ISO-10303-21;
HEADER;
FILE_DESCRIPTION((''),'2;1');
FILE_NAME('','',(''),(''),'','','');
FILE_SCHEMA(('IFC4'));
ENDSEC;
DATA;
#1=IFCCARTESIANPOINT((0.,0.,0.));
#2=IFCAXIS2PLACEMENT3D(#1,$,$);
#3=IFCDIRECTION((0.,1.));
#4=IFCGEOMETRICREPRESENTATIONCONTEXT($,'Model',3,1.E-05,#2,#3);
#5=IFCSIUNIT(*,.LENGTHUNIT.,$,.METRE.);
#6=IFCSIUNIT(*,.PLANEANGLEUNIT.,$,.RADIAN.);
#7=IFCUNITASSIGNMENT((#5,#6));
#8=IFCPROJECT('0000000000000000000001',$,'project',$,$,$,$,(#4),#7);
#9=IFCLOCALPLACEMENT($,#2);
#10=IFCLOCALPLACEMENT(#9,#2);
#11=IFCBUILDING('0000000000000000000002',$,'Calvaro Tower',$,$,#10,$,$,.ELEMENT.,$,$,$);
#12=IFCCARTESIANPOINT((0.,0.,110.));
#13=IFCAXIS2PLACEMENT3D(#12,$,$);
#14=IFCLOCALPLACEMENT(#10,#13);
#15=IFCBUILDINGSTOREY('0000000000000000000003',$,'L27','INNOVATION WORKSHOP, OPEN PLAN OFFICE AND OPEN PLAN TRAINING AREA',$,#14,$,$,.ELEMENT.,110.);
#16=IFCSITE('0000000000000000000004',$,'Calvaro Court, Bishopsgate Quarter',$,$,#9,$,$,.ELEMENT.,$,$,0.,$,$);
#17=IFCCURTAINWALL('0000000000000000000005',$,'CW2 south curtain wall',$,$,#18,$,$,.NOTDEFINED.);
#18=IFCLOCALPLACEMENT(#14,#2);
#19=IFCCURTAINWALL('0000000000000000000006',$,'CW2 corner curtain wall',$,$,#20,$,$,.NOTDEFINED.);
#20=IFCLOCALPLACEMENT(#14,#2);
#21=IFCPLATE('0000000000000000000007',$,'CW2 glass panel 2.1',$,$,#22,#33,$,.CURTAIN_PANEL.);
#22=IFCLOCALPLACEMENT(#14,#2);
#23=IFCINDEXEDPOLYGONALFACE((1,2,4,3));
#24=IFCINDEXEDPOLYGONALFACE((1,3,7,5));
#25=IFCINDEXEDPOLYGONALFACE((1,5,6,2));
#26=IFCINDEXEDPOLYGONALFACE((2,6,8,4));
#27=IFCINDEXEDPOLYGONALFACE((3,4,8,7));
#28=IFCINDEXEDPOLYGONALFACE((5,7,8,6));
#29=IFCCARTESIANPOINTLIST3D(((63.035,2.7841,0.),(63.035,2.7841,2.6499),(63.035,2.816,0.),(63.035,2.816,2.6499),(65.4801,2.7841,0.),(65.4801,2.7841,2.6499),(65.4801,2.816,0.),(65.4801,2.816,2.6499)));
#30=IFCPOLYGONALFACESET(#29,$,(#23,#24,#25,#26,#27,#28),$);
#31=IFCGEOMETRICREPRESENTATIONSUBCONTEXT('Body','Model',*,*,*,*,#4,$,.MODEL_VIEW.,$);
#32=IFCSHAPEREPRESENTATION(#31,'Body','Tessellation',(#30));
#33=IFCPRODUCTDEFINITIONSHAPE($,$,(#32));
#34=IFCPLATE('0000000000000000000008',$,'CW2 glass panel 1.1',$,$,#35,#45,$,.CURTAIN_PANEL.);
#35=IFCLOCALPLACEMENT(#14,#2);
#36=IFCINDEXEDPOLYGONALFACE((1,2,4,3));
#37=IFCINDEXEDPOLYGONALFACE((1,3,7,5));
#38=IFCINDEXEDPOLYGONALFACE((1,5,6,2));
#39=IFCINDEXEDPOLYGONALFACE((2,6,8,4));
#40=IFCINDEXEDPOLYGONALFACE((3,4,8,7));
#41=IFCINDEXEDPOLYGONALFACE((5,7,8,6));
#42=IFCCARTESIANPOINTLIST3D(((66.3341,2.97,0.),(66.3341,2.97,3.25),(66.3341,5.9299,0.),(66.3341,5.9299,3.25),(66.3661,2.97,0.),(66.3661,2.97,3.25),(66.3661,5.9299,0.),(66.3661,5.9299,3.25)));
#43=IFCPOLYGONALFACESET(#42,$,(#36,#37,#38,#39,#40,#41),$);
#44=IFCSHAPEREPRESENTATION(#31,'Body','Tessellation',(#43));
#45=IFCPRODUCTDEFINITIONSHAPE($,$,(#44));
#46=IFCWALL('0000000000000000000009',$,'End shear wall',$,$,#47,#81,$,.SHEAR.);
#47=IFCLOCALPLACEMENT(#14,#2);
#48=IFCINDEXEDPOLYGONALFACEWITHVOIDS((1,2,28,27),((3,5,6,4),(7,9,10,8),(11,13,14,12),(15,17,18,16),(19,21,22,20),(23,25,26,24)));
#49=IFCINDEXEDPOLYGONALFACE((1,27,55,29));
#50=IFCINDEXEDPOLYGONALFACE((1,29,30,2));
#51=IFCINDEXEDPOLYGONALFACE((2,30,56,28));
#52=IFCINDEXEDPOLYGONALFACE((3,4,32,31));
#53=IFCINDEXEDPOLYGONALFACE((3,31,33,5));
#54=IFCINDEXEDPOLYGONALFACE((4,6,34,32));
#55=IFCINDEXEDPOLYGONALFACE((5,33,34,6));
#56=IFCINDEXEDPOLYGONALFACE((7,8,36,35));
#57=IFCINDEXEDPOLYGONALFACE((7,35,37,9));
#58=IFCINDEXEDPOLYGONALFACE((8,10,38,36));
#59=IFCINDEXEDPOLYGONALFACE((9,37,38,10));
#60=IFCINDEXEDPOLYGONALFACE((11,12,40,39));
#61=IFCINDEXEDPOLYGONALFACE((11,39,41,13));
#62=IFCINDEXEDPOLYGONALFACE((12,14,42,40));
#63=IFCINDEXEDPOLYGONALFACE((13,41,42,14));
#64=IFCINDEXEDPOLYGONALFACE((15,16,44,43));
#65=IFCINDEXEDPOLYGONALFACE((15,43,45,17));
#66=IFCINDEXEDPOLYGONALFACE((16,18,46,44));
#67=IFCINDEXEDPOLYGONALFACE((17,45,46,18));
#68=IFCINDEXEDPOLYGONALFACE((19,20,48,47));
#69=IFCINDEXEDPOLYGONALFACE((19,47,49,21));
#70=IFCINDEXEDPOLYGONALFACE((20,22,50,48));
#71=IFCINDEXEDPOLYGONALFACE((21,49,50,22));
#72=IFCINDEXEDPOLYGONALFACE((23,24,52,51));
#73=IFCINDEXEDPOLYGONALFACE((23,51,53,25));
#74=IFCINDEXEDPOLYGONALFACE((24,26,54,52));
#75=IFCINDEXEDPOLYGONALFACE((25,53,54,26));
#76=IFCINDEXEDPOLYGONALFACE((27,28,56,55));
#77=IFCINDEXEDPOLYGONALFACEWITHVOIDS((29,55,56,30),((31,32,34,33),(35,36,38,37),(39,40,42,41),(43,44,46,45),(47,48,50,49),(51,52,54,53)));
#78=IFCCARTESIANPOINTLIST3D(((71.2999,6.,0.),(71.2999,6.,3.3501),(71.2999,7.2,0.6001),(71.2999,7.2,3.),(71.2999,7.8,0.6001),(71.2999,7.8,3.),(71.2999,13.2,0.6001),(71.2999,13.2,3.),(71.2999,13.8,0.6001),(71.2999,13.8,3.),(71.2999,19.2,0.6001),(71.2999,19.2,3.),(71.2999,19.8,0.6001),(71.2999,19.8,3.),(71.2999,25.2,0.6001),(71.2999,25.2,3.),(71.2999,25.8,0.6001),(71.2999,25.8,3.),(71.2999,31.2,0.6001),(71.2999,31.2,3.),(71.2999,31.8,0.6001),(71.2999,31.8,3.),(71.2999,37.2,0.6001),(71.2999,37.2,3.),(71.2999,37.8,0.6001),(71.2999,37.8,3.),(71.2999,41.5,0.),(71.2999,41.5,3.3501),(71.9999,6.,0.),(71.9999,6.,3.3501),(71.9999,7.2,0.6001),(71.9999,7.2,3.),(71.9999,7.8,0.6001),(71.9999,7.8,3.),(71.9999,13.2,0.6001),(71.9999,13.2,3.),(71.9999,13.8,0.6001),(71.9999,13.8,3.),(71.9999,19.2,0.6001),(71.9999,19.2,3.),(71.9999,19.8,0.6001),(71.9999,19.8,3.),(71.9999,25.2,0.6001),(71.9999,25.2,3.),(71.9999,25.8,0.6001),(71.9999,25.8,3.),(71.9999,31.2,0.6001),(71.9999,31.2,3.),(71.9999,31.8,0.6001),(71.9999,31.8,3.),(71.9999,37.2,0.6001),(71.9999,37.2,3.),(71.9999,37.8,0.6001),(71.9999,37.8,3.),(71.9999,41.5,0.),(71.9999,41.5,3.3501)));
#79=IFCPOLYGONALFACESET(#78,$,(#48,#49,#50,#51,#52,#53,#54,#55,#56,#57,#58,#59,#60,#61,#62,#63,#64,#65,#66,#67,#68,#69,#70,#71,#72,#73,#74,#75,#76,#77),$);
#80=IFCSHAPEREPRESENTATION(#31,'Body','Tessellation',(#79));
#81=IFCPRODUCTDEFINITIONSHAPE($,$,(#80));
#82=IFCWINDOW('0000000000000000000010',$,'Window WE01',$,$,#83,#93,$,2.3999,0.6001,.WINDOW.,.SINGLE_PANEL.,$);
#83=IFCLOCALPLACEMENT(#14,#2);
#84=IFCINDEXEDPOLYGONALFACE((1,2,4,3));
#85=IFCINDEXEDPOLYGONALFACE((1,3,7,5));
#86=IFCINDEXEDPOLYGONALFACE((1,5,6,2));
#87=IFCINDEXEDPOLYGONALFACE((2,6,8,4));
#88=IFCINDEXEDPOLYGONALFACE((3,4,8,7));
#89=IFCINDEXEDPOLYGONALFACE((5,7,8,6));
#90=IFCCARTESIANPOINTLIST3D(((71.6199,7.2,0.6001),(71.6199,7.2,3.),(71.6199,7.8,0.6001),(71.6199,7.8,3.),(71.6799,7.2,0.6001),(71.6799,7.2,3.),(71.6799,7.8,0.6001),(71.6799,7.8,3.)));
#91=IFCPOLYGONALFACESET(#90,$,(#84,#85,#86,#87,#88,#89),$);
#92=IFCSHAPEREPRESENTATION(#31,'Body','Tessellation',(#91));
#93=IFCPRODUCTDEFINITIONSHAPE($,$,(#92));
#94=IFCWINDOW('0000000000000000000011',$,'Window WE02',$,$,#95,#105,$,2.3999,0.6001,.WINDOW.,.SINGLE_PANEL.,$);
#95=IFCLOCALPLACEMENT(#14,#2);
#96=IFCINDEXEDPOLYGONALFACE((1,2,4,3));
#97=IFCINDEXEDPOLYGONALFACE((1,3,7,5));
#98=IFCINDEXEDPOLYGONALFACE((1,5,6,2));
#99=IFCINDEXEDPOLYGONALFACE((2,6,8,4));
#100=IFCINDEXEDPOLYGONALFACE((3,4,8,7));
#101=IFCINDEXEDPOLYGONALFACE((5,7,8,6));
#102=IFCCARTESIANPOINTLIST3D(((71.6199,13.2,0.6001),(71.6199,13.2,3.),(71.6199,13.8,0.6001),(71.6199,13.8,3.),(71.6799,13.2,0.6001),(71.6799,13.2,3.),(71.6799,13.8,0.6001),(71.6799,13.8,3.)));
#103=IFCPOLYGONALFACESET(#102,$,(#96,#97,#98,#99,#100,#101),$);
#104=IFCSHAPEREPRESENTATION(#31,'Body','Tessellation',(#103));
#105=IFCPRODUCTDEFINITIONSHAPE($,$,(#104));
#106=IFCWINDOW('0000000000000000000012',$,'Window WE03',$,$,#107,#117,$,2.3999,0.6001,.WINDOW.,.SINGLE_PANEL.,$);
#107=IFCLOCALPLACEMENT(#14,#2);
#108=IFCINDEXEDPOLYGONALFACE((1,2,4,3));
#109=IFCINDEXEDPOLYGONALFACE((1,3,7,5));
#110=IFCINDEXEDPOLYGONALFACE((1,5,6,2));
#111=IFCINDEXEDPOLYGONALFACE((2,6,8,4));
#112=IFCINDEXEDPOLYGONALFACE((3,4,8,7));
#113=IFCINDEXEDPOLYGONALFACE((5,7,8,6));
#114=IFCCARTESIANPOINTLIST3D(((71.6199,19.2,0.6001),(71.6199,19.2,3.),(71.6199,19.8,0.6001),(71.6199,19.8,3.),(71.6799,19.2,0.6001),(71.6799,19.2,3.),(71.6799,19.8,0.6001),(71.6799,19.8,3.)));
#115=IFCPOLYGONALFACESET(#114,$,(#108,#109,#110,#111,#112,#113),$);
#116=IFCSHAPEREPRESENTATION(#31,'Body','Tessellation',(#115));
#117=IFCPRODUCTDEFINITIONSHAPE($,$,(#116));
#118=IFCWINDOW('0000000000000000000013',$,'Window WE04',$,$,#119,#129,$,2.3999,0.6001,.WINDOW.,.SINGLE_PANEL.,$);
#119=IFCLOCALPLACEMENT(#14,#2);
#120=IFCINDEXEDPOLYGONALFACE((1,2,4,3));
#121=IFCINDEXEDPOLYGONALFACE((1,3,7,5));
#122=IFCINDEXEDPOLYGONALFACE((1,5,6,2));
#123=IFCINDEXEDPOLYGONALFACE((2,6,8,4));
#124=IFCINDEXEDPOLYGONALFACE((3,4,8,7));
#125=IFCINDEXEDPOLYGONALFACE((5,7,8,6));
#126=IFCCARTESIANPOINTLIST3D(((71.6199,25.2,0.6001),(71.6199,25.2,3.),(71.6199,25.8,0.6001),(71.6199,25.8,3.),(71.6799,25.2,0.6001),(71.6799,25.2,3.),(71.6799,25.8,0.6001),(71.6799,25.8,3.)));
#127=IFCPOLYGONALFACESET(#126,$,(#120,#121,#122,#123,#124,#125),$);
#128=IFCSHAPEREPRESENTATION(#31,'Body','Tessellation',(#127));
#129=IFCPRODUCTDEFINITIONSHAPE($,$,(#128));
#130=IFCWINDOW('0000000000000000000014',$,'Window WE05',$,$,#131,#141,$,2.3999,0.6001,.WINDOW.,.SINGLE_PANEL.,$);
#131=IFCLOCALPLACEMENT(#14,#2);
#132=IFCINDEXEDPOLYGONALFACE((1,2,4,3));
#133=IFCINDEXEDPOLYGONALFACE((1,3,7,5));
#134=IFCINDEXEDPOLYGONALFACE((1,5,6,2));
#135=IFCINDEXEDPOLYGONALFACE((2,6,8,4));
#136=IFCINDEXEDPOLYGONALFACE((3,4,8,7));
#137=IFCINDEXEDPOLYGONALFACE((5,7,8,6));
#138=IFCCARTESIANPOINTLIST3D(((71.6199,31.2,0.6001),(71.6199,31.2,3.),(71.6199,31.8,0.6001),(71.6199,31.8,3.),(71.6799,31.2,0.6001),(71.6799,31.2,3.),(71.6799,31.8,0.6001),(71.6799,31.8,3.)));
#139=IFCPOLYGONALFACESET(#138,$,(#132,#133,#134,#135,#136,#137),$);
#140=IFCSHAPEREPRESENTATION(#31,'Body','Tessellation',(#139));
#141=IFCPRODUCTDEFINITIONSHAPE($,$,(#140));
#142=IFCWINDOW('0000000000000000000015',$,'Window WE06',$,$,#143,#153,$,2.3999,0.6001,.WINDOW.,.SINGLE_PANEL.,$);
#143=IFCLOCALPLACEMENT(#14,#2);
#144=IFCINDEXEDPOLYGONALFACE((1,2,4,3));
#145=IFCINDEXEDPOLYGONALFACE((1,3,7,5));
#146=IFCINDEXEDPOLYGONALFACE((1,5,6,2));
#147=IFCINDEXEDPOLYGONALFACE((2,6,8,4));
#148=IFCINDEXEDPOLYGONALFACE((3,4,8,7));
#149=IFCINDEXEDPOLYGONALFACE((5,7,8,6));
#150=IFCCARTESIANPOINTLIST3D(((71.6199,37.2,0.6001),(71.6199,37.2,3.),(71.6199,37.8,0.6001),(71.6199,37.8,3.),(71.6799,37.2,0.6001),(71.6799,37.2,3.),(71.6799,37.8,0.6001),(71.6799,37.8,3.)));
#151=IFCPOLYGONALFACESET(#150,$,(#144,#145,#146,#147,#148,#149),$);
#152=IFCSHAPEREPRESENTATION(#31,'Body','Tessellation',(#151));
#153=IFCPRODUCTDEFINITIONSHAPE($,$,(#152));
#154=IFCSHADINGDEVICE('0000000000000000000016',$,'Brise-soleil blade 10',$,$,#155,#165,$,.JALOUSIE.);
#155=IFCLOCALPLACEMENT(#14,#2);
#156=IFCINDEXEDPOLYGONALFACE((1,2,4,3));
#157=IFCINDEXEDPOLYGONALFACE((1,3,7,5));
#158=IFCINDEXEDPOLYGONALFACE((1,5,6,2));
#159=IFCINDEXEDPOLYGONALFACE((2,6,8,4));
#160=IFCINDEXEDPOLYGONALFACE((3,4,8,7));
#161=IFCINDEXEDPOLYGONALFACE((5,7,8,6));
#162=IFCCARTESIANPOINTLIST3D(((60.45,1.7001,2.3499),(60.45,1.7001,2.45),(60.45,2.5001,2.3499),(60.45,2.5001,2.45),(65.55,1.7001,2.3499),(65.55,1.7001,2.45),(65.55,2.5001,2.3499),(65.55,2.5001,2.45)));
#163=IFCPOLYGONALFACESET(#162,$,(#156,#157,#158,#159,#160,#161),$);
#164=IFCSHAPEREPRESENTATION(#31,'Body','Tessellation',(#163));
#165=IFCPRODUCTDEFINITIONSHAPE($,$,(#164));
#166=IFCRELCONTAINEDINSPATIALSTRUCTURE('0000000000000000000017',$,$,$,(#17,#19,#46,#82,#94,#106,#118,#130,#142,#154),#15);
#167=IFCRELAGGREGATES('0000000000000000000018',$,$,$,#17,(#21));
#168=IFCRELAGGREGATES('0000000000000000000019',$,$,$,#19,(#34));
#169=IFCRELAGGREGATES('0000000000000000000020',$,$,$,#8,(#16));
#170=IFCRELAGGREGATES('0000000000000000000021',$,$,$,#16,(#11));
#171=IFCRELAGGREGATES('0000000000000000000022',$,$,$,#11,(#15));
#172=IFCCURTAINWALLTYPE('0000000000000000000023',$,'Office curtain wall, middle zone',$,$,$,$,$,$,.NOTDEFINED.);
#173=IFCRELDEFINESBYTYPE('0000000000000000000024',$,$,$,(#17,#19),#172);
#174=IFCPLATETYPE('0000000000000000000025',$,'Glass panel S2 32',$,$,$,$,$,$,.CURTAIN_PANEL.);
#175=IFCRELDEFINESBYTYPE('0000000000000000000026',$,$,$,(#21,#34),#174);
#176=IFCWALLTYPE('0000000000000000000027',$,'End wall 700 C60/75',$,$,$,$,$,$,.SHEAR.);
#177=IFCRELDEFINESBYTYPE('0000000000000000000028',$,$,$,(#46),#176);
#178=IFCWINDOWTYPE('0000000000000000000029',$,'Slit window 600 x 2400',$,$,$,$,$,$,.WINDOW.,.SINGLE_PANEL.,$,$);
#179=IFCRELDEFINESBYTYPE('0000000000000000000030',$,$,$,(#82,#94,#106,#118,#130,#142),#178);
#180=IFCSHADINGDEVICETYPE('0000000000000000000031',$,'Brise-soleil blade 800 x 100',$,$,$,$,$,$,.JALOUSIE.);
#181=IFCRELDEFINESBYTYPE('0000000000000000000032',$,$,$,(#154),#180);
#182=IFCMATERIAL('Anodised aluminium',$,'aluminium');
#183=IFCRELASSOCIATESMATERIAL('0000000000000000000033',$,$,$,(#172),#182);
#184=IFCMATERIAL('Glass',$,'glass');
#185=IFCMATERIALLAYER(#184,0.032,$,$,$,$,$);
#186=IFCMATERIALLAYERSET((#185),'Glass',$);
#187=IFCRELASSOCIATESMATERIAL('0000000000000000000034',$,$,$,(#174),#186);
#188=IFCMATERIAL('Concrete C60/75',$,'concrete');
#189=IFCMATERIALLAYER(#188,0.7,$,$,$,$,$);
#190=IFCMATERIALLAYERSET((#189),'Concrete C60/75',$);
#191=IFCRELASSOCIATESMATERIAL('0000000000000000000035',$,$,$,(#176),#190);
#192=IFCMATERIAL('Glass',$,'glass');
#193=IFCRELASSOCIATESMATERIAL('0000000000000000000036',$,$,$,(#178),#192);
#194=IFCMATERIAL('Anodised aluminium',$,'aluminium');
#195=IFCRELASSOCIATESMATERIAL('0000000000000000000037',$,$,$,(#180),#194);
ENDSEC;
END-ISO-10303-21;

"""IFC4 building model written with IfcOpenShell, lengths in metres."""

from ifc_helpers import new_model, si_unit, direction, frame, frame_2d, origin, origin_2d, place, context, subcontext, project, spatial, rectangle, extrude, material, layer, layer_set, material_profile, profile_set, type_object, element, fill, aggregate, save


model = new_model("IFC4")

# Units and contexts
model_context = context("Model", 3, precision=1e-05, world=origin(), true_north=direction((0.0, 1.0)))
body_context = subcontext(model_context, "Body", "Model", "MODEL_VIEW")
ifc_project = project(units=[si_unit("LENGTHUNIT", "METRE"), si_unit("PLANEANGLEUNIT", "RADIAN")], contexts=[model_context])

# Site, building, storey
site_placement = place(None, origin())
site = spatial("IfcSite", under=ifc_project, at=site_placement, Name="Calvaro Court, Bishopsgate Quarter", CompositionType="ELEMENT", RefElevation=0.0)
building_placement = place(site_placement, origin())
building = spatial("IfcBuilding", under=site, at=building_placement, Name="Calvaro Tower", CompositionType="ELEMENT")
storey_placement = place(building_placement, frame((0.0, 0.0, 110.0)))
storey = spatial("IfcBuildingStorey", under=building, at=storey_placement, Name="L27", Description="INNOVATION WORKSHOP, OPEN PLAN OFFICE AND OPEN PLAN TRAINING AREA", CompositionType="ELEMENT", Elevation=110.0)

# Shared definitions
ifc_material_1 = material(Name="Anodised aluminium", Category="aluminium")
curtain_wall_type = type_object("IfcCurtainWallType", Name="Office curtain wall, middle zone", PredefinedType="NOTDEFINED", material=ifc_material_1)

# Curtain walls
curtain_wall_1_placement = place(storey_placement, origin())
curtain_wall_1 = element("IfcCurtainWall", 1, at=curtain_wall_1_placement, inside=storey, type_object=curtain_wall_type, Name="CW2 south curtain wall", PredefinedType="NOTDEFINED")
curtain_wall_2_placement = place(storey_placement, origin())
curtain_wall_2 = element("IfcCurtainWall", 2, at=curtain_wall_2_placement, inside=storey, type_object=curtain_wall_type, Name="CW2 corner curtain wall", PredefinedType="NOTDEFINED")

# Plates
ifc_material_2 = material(Name="Glass", Category="glass")
ifc_layer_1 = layer(ifc_material_2, 0.032)
ifc_layer_set_1 = layer_set([ifc_layer_1], Name="Glass")
plate_type = type_object("IfcPlateType", Name="Glass panel S2 32", PredefinedType="CURTAIN_PANEL", material=ifc_layer_set_1)
plate_1_placement = place(storey_placement, frame((64.2576, 2.8, 0.0), z_axis=(0.0, 0.0, 1.0), x_axis=(1.0, 0.0, 0.0)))
plate_1 = element("IfcPlate", 3, at=plate_1_placement, type_object=plate_type, Name="CW2 glass panel 2.1", PredefinedType="CURTAIN_PANEL", context=body_context, shape_type="SweptSolid", body=[
    extrude(rectangle(XDim=2.4451, YDim=0.032, at=origin_2d()), origin(), (0.0, 0.0, 1.0), 2.6499),
])
aggregate(curtain_wall_1, [plate_1])
plate_2_placement = place(storey_placement, frame((66.3501, 4.45, 0.0), z_axis=(0.0, 0.0, 1.0), x_axis=(0.0, 1.0, 0.0)))
plate_2 = element("IfcPlate", 4, at=plate_2_placement, type_object=plate_type, Name="CW2 glass panel 1.1", PredefinedType="CURTAIN_PANEL", context=body_context, shape_type="SweptSolid", body=[
    extrude(rectangle(XDim=2.96, YDim=0.032, at=origin_2d()), origin(), (0.0, 0.0, 1.0), 3.25),
])
aggregate(curtain_wall_2, [plate_2])

# Wall, openings, windows
ifc_material_3 = material(Name="Concrete C60/75", Category="concrete")
ifc_layer_2 = layer(ifc_material_3, 0.7)
ifc_layer_set_2 = layer_set([ifc_layer_2], Name="Concrete C60/75")
wall_type = type_object("IfcWallType", Name="End wall 700 C60/75", PredefinedType="SHEAR", material=ifc_layer_set_2)
wall_placement = place(storey_placement, frame((71.6499, 6.0, 0.0), z_axis=(0.0, 0.0, 1.0), x_axis=(0.0, 1.0, 0.0)))
wall = element("IfcWall", 5, at=wall_placement, inside=storey, type_object=wall_type, Name="End shear wall", PredefinedType="SHEAR", context=body_context, shape_type="SweptSolid", body=[
    extrude(rectangle(XDim=35.5, YDim=0.7, at=frame_2d((17.75, 0.0))), origin(), (0.0, 0.0, 1.0), 3.3501),
])
opening_1_placement = place(wall_placement, frame((1.2, 0.0, 0.6001)))
opening_1 = element("IfcOpeningElement", 6, at=opening_1_placement, cuts=wall, PredefinedType="OPENING", context=body_context, shape_type="SweptSolid", body=[
    extrude(rectangle(XDim=0.6001, YDim=2.3999, at=frame_2d((0.3, 1.2))), frame((0.0, 0.3599, 0.0), z_axis=(0.0, -1.0, 0.0), x_axis=(1.0, 0.0, 0.0)), (0.0, 0.0, 1.0), 0.72),
])
opening_2_placement = place(wall_placement, frame((7.2, 0.0, 0.6001)))
opening_2 = element("IfcOpeningElement", 7, at=opening_2_placement, cuts=wall, PredefinedType="OPENING", context=body_context, shape_type="SweptSolid", body=[
    extrude(rectangle(XDim=0.6001, YDim=2.3999, at=frame_2d((0.3, 1.2))), frame((0.0, 0.3599, 0.0), z_axis=(0.0, -1.0, 0.0), x_axis=(1.0, 0.0, 0.0)), (0.0, 0.0, 1.0), 0.72),
])
opening_3_placement = place(wall_placement, frame((13.2, 0.0, 0.6001)))
opening_3 = element("IfcOpeningElement", 8, at=opening_3_placement, cuts=wall, PredefinedType="OPENING", context=body_context, shape_type="SweptSolid", body=[
    extrude(rectangle(XDim=0.6001, YDim=2.3999, at=frame_2d((0.3, 1.2))), frame((0.0, 0.3599, 0.0), z_axis=(0.0, -1.0, 0.0), x_axis=(1.0, 0.0, 0.0)), (0.0, 0.0, 1.0), 0.72),
])
opening_4_placement = place(wall_placement, frame((19.2, 0.0, 0.6001)))
opening_4 = element("IfcOpeningElement", 9, at=opening_4_placement, cuts=wall, PredefinedType="OPENING", context=body_context, shape_type="SweptSolid", body=[
    extrude(rectangle(XDim=0.6001, YDim=2.3999, at=frame_2d((0.3, 1.2))), frame((0.0, 0.3599, 0.0), z_axis=(0.0, -1.0, 0.0), x_axis=(1.0, 0.0, 0.0)), (0.0, 0.0, 1.0), 0.72),
])
opening_5_placement = place(wall_placement, frame((25.2, 0.0, 0.6001)))
opening_5 = element("IfcOpeningElement", 10, at=opening_5_placement, cuts=wall, PredefinedType="OPENING", context=body_context, shape_type="SweptSolid", body=[
    extrude(rectangle(XDim=0.6001, YDim=2.3999, at=frame_2d((0.3, 1.2))), frame((0.0, 0.3599, 0.0), z_axis=(0.0, -1.0, 0.0), x_axis=(1.0, 0.0, 0.0)), (0.0, 0.0, 1.0), 0.72),
])
opening_6_placement = place(wall_placement, frame((31.2, 0.0, 0.6001)))
opening_6 = element("IfcOpeningElement", 11, at=opening_6_placement, cuts=wall, PredefinedType="OPENING", context=body_context, shape_type="SweptSolid", body=[
    extrude(rectangle(XDim=0.6001, YDim=2.3999, at=frame_2d((0.3, 1.2))), frame((0.0, 0.3599, 0.0), z_axis=(0.0, -1.0, 0.0), x_axis=(1.0, 0.0, 0.0)), (0.0, 0.0, 1.0), 0.72),
])
ifc_material_4 = material(Name="Glass", Category="glass")
window_type = type_object("IfcWindowType", Name="Slit window 600 x 2400", PartitioningType="SINGLE_PANEL", PredefinedType="WINDOW", material=ifc_material_4)
window_1_placement = place(opening_1_placement, origin())
window_1 = element("IfcWindow", 12, at=window_1_placement, inside=storey, type_object=window_type, Name="Window WE01", OverallHeight=2.3999, OverallWidth=0.6001, PartitioningType="SINGLE_PANEL", PredefinedType="WINDOW", context=body_context, shape_type="SweptSolid", body=[
    extrude(rectangle(XDim=0.6001, YDim=2.3999, at=frame_2d((0.3, 1.2))), frame((0.0, 0.03, 0.0), z_axis=(0.0, -1.0, 0.0), x_axis=(1.0, 0.0, 0.0)), (0.0, 0.0, 1.0), 0.0601),
])
fill(opening_1, window_1)
window_2_placement = place(opening_2_placement, origin())
window_2 = element("IfcWindow", 13, at=window_2_placement, inside=storey, type_object=window_type, Name="Window WE02", OverallHeight=2.3999, OverallWidth=0.6001, PartitioningType="SINGLE_PANEL", PredefinedType="WINDOW", context=body_context, shape_type="SweptSolid", body=[
    extrude(rectangle(XDim=0.6001, YDim=2.3999, at=frame_2d((0.3, 1.2))), frame((0.0, 0.03, 0.0), z_axis=(0.0, -1.0, 0.0), x_axis=(1.0, 0.0, 0.0)), (0.0, 0.0, 1.0), 0.0601),
])
fill(opening_2, window_2)
window_3_placement = place(opening_3_placement, origin())
window_3 = element("IfcWindow", 14, at=window_3_placement, inside=storey, type_object=window_type, Name="Window WE03", OverallHeight=2.3999, OverallWidth=0.6001, PartitioningType="SINGLE_PANEL", PredefinedType="WINDOW", context=body_context, shape_type="SweptSolid", body=[
    extrude(rectangle(XDim=0.6001, YDim=2.3999, at=frame_2d((0.3, 1.2))), frame((0.0, 0.03, 0.0), z_axis=(0.0, -1.0, 0.0), x_axis=(1.0, 0.0, 0.0)), (0.0, 0.0, 1.0), 0.0601),
])
fill(opening_3, window_3)
window_4_placement = place(opening_4_placement, origin())
window_4 = element("IfcWindow", 15, at=window_4_placement, inside=storey, type_object=window_type, Name="Window WE04", OverallHeight=2.3999, OverallWidth=0.6001, PartitioningType="SINGLE_PANEL", PredefinedType="WINDOW", context=body_context, shape_type="SweptSolid", body=[
    extrude(rectangle(XDim=0.6001, YDim=2.3999, at=frame_2d((0.3, 1.2))), frame((0.0, 0.03, 0.0), z_axis=(0.0, -1.0, 0.0), x_axis=(1.0, 0.0, 0.0)), (0.0, 0.0, 1.0), 0.0601),
])
fill(opening_4, window_4)
window_5_placement = place(opening_5_placement, origin())
window_5 = element("IfcWindow", 16, at=window_5_placement, inside=storey, type_object=window_type, Name="Window WE05", OverallHeight=2.3999, OverallWidth=0.6001, PartitioningType="SINGLE_PANEL", PredefinedType="WINDOW", context=body_context, shape_type="SweptSolid", body=[
    extrude(rectangle(XDim=0.6001, YDim=2.3999, at=frame_2d((0.3, 1.2))), frame((0.0, 0.03, 0.0), z_axis=(0.0, -1.0, 0.0), x_axis=(1.0, 0.0, 0.0)), (0.0, 0.0, 1.0), 0.0601),
])
fill(opening_5, window_5)
window_6_placement = place(opening_6_placement, origin())
window_6 = element("IfcWindow", 17, at=window_6_placement, inside=storey, type_object=window_type, Name="Window WE06", OverallHeight=2.3999, OverallWidth=0.6001, PartitioningType="SINGLE_PANEL", PredefinedType="WINDOW", context=body_context, shape_type="SweptSolid", body=[
    extrude(rectangle(XDim=0.6001, YDim=2.3999, at=frame_2d((0.3, 1.2))), frame((0.0, 0.03, 0.0), z_axis=(0.0, -1.0, 0.0), x_axis=(1.0, 0.0, 0.0)), (0.0, 0.0, 1.0), 0.0601),
])
fill(opening_6, window_6)

# Shading device
ifc_material_5 = material(Name="Anodised aluminium", Category="aluminium")
ifc_material_profile_1 = material_profile(ifc_material_5, rectangle(XDim=0.8, YDim=0.1001, at=origin_2d()), Name="Brise-soleil blade 800 x 100")
ifc_profile_set_1 = profile_set([ifc_material_profile_1], Name="Anodised aluminium")
shading_device_type = type_object("IfcShadingDeviceType", Name="Brise-soleil blade 800 x 100", PredefinedType="JALOUSIE", material=ifc_profile_set_1)
shading_device_placement = place(storey_placement, frame((60.45, 2.1001, 2.3999), z_axis=(1.0, 0.0, 0.0), x_axis=(0.0, 1.0, 0.0)))
element("IfcShadingDevice", 18, at=shading_device_placement, inside=storey, type_object=shading_device_type, Name="Brise-soleil blade 10", PredefinedType="JALOUSIE", context=body_context, shape_type="SweptSolid", body=[
    extrude(rectangle(XDim=0.8, YDim=0.1001, at=origin_2d()), origin(), (0.0, 0.0, 1.0), 5.1001),
])

save(model, "model.ifc")
